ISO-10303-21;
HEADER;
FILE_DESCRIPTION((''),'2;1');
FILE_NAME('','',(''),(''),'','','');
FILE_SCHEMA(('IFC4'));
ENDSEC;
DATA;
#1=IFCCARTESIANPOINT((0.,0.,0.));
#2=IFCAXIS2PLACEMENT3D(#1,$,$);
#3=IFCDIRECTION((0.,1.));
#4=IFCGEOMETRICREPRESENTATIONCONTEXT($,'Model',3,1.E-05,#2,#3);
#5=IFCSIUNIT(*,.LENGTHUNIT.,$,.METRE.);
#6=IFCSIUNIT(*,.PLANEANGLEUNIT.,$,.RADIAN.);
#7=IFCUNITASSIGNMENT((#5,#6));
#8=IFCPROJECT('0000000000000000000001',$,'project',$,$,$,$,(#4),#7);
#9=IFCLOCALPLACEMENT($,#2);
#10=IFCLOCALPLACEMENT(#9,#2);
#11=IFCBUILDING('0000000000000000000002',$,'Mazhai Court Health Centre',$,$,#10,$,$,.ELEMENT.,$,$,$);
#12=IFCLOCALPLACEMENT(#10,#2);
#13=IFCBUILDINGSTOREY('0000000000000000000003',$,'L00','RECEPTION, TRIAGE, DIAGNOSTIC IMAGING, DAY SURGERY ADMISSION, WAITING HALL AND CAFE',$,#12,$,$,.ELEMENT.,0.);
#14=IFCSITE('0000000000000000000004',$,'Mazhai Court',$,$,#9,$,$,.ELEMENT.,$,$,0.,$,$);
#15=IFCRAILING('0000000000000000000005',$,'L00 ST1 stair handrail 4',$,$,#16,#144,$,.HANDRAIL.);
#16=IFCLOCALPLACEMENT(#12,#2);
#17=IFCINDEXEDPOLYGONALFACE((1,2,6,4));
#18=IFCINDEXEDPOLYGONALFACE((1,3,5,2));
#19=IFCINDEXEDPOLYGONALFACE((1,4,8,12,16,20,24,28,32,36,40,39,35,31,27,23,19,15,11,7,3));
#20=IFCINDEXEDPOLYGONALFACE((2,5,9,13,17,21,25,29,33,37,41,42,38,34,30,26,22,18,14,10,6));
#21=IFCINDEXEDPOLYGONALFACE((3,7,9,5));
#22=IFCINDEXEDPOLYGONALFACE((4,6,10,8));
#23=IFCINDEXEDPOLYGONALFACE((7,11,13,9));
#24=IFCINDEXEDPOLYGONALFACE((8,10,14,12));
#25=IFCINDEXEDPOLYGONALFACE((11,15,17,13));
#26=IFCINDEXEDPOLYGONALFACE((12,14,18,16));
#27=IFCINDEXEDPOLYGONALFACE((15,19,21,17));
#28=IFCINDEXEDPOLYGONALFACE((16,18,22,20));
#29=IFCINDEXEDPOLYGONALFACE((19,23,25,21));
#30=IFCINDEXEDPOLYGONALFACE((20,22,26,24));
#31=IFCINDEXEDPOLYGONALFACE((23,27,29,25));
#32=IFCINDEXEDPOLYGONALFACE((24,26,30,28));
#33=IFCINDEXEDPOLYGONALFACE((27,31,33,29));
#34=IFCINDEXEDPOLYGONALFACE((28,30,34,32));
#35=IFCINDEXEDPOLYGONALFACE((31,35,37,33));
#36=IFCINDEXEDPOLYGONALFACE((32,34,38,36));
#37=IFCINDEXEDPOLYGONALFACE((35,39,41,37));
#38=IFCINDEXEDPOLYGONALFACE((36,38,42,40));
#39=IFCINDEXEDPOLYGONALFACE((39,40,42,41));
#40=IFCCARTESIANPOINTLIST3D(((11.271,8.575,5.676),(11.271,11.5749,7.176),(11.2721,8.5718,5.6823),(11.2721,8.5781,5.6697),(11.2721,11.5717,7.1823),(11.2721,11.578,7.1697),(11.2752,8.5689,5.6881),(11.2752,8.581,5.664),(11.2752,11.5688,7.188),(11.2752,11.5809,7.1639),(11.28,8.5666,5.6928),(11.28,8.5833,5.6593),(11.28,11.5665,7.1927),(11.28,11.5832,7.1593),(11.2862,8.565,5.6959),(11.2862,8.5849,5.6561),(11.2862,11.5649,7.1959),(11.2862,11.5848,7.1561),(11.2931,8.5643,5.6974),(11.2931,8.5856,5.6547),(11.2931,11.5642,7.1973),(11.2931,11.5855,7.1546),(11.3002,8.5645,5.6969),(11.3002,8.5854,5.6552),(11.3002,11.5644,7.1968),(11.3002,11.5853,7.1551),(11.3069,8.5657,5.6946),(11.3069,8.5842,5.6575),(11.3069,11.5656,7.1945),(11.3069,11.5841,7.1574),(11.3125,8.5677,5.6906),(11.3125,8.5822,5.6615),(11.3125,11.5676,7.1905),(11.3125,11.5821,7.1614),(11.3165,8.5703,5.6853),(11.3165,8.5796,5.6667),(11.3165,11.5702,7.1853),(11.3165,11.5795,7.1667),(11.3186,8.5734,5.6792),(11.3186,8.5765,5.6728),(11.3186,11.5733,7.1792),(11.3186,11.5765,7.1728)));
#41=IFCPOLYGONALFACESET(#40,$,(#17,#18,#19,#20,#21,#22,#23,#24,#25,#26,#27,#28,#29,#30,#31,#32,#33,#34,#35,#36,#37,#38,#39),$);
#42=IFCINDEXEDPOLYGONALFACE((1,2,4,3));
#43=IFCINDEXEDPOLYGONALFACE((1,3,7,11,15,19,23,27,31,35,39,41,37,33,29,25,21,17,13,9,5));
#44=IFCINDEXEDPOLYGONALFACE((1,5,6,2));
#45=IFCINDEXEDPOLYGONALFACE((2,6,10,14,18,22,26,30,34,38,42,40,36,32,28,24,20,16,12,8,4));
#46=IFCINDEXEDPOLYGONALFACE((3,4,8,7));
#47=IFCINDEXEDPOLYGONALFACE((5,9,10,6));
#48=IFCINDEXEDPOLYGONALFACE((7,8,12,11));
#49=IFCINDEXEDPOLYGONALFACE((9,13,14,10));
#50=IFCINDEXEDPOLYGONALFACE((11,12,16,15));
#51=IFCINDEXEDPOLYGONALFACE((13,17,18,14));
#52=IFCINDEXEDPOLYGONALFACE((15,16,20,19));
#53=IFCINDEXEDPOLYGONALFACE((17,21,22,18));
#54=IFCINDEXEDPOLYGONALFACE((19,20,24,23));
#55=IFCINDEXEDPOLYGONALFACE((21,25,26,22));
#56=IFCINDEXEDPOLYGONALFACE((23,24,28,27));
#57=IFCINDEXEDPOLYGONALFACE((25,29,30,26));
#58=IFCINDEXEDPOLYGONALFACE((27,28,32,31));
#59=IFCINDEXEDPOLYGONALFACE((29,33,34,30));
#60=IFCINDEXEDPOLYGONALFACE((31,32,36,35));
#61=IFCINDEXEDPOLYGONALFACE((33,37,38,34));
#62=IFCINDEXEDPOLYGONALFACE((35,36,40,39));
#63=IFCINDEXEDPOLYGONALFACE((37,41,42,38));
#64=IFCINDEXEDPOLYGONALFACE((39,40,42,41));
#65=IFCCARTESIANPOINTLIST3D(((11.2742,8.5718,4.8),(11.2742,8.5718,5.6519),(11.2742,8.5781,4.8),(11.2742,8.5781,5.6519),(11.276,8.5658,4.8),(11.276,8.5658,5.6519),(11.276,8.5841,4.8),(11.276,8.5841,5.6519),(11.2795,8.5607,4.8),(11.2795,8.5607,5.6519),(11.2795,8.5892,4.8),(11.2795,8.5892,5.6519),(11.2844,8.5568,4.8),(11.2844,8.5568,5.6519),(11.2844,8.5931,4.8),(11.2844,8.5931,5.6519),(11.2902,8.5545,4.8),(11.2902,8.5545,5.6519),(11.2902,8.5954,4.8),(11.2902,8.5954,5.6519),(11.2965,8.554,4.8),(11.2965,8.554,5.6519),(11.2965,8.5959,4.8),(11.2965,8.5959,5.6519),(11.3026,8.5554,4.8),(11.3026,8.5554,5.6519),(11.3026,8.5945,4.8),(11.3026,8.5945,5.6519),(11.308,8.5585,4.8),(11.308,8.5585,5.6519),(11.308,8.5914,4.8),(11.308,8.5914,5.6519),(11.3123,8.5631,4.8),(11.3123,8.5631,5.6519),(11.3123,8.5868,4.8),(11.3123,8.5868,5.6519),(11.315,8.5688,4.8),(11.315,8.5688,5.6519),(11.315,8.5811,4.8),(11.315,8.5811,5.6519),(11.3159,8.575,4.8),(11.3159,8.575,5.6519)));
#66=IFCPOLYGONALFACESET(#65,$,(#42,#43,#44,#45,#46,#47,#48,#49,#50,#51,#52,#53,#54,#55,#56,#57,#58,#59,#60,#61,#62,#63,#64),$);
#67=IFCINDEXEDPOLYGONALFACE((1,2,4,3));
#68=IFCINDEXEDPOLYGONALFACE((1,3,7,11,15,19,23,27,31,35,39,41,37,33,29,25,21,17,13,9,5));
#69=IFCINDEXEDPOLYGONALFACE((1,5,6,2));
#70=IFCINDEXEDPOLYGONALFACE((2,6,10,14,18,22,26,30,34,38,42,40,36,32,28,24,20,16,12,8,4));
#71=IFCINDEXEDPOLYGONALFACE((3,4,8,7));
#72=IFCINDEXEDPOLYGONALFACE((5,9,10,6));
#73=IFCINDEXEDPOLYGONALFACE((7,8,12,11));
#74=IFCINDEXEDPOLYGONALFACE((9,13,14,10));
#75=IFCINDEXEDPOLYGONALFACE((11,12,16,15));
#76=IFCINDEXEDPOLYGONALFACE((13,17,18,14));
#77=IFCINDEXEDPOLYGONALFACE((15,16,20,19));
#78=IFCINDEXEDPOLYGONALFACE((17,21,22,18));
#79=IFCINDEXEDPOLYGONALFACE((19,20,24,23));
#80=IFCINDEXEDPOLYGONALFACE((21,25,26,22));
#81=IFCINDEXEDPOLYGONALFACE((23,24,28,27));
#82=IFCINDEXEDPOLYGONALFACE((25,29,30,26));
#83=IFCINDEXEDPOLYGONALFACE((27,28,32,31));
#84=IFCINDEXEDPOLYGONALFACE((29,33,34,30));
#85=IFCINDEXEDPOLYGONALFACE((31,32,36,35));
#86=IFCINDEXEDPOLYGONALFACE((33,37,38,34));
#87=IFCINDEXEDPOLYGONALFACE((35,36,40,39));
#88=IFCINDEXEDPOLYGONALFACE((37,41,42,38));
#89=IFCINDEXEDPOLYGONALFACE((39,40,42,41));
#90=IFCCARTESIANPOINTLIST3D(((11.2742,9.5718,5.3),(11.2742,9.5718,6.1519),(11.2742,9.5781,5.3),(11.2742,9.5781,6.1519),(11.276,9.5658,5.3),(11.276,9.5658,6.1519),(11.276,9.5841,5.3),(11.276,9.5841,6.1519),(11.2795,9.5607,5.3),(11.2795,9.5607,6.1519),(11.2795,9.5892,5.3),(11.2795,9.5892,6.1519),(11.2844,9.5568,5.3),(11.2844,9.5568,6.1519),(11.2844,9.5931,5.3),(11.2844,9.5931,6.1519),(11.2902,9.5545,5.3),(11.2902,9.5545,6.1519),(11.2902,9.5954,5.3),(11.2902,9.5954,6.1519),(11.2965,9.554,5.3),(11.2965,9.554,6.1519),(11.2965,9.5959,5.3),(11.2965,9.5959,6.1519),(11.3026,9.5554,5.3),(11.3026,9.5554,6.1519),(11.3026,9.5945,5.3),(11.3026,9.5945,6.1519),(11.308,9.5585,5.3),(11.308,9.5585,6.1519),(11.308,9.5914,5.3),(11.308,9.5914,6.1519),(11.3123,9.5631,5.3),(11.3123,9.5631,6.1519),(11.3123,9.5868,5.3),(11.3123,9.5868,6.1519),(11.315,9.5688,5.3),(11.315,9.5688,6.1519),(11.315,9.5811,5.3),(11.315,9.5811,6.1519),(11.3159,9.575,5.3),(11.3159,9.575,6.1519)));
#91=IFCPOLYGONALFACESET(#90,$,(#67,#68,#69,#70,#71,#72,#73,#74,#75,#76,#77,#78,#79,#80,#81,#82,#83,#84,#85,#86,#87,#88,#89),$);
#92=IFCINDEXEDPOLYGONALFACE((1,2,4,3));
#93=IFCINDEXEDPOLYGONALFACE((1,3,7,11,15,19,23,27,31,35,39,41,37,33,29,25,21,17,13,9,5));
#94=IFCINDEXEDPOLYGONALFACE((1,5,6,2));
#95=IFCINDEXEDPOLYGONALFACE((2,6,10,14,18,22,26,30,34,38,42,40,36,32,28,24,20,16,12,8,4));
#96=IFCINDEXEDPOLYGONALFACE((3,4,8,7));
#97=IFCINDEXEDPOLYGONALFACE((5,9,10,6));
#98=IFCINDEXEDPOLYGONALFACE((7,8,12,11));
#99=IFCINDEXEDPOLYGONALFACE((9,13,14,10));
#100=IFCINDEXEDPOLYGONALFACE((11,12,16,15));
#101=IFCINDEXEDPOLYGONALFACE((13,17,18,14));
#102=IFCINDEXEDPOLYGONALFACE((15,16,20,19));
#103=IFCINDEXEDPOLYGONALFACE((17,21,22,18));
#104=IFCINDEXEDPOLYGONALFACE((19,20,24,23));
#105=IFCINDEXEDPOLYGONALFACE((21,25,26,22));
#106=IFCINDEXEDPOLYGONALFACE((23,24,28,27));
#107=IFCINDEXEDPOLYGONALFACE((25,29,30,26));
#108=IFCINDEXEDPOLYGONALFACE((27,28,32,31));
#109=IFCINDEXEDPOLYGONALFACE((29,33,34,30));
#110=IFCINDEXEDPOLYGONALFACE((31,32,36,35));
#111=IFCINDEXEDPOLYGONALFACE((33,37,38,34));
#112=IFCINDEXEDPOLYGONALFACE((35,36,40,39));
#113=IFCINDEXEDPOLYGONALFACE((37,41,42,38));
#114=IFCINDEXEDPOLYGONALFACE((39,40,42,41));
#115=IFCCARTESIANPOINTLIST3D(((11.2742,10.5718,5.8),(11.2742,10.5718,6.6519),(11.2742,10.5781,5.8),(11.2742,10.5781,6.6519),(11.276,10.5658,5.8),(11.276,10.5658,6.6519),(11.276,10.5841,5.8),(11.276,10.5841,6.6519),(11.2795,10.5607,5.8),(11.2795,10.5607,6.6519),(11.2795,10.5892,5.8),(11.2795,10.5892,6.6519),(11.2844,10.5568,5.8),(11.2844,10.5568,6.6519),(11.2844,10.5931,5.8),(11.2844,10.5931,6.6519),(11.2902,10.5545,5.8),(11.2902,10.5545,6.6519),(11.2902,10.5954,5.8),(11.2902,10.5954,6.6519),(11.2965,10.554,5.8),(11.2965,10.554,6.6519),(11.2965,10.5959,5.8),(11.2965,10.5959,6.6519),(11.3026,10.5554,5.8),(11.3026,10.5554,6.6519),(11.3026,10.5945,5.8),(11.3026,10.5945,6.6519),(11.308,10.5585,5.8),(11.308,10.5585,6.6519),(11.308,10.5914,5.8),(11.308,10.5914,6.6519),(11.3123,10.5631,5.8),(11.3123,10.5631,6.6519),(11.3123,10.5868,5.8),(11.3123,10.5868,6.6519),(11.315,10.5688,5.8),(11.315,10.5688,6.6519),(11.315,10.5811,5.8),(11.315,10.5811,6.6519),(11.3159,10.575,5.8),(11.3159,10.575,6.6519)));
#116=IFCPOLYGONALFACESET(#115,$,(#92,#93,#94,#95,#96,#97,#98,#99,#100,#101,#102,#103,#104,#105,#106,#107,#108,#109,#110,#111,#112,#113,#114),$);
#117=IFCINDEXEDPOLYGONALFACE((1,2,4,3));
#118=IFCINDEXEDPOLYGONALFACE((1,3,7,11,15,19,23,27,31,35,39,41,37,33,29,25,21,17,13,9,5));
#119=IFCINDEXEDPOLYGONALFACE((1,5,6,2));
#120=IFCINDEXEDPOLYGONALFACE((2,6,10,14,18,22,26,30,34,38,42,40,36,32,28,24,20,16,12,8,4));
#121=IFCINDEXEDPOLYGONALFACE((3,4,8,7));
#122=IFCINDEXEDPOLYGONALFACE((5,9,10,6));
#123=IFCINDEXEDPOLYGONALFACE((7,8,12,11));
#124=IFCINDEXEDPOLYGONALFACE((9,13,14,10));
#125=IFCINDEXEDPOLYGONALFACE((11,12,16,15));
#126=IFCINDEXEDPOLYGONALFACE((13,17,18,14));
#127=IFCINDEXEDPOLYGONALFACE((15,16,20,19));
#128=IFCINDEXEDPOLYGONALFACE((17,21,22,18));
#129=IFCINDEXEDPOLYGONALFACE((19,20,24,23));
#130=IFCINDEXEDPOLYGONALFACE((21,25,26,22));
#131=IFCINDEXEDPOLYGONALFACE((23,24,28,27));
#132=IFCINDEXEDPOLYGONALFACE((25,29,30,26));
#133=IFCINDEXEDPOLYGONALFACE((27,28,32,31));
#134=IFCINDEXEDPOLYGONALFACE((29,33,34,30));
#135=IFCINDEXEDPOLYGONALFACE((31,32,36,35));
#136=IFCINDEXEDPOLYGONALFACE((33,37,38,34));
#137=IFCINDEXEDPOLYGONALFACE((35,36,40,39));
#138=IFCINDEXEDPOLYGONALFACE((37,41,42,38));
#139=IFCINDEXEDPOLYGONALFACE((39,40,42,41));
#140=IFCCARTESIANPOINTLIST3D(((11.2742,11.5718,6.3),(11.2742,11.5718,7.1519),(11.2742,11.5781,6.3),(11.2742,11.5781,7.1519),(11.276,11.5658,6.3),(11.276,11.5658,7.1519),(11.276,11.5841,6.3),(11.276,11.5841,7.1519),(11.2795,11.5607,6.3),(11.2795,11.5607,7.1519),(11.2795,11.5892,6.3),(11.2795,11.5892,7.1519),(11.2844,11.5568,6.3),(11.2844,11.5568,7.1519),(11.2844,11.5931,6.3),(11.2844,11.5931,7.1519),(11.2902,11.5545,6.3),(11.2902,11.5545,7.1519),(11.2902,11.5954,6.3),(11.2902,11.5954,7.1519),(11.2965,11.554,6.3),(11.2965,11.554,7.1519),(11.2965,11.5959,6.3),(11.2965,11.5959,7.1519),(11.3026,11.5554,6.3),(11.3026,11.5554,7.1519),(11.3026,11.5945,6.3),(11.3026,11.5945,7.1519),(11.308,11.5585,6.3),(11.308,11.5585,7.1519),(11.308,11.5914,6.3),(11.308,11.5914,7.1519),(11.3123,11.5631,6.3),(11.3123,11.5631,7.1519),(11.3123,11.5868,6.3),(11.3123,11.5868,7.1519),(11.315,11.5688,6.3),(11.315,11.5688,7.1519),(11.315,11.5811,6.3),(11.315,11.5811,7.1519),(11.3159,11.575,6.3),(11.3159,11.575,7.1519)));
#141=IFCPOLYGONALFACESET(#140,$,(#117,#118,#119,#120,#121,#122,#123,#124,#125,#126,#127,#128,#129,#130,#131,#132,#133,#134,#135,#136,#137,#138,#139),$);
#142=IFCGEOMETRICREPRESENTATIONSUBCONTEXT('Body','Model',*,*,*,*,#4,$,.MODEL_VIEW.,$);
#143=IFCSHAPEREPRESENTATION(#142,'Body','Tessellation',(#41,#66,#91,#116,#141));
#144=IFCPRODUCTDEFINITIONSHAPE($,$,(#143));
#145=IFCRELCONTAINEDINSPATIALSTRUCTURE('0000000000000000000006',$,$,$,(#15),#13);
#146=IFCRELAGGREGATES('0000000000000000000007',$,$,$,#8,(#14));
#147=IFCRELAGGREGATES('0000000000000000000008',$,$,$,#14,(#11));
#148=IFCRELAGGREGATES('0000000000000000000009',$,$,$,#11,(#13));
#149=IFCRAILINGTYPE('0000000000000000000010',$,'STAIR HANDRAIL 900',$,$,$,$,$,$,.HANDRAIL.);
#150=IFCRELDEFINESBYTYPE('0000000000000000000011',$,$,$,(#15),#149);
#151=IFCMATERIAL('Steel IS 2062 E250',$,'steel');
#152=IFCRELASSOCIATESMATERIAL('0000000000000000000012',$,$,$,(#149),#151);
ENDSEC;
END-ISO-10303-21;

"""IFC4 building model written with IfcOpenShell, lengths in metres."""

from ifc_helpers import new_model, si_unit, direction, frame, origin, origin_2d, place, context, subcontext, project, spatial, circle, extrude, material, type_object, element, save


model = new_model("IFC4")

# Units and contexts
model_context = context("Model", 3, precision=1e-05, world=origin(), true_north=direction((0.0, 1.0)))
body_context = subcontext(model_context, "Body", "Model", "MODEL_VIEW")
ifc_project = project(units=[si_unit("LENGTHUNIT", "METRE"), si_unit("PLANEANGLEUNIT", "RADIAN")], contexts=[model_context])

# Site, building, storey
site_placement = place(None, origin())
site = spatial("IfcSite", under=ifc_project, at=site_placement, Name="Mazhai Court", CompositionType="ELEMENT", RefElevation=0.0)
building_placement = place(site_placement, origin())
building = spatial("IfcBuilding", under=site, at=building_placement, Name="Mazhai Court Health Centre", CompositionType="ELEMENT")
storey_placement = place(building_placement, origin())
storey = spatial("IfcBuildingStorey", under=building, at=storey_placement, Name="L00", Description="RECEPTION, TRIAGE, DIAGNOSTIC IMAGING, DAY SURGERY ADMISSION, WAITING HALL AND CAFE", CompositionType="ELEMENT", Elevation=0.0)

# Railing
ifc_material_1 = material(Name="Steel IS 2062 E250", Category="steel")
railing_type_1 = type_object("IfcRailingType", Name="STAIR HANDRAIL 900", PredefinedType="HANDRAIL", material=ifc_material_1)
railing_1_placement = place(storey_placement, frame((11.2949, 8.575, 4.8)))
element("IfcRailing", 1, at=railing_1_placement, inside=storey, type_object=railing_type_1, Name="L00 ST1 stair handrail 4", PredefinedType="HANDRAIL", context=body_context, shape_type="SweptSolid", body=[
    extrude(circle(Radius=0.0239, at=origin_2d()), frame((0.0, 0.0, 0.876), z_axis=(0.0, 0.894427, 0.447214), x_axis=(-1.0, 0.0, 0.0)), (0.0, 0.0, 1.0), 3.354),
    extrude(circle(Radius=0.021, at=origin_2d()), origin(), (0.0, 0.0, 1.0), 0.8518),
    extrude(circle(Radius=0.021, at=origin_2d()), frame((0.0, 1.0, 0.5)), (0.0, 0.0, 1.0), 0.8518),
    extrude(circle(Radius=0.021, at=origin_2d()), frame((0.0, 2.0, 1.0)), (0.0, 0.0, 1.0), 0.8518),
    extrude(circle(Radius=0.021, at=origin_2d()), frame((0.0, 3.0, 1.5)), (0.0, 0.0, 1.0), 0.8518),
])

save(model, "model.ifc")
